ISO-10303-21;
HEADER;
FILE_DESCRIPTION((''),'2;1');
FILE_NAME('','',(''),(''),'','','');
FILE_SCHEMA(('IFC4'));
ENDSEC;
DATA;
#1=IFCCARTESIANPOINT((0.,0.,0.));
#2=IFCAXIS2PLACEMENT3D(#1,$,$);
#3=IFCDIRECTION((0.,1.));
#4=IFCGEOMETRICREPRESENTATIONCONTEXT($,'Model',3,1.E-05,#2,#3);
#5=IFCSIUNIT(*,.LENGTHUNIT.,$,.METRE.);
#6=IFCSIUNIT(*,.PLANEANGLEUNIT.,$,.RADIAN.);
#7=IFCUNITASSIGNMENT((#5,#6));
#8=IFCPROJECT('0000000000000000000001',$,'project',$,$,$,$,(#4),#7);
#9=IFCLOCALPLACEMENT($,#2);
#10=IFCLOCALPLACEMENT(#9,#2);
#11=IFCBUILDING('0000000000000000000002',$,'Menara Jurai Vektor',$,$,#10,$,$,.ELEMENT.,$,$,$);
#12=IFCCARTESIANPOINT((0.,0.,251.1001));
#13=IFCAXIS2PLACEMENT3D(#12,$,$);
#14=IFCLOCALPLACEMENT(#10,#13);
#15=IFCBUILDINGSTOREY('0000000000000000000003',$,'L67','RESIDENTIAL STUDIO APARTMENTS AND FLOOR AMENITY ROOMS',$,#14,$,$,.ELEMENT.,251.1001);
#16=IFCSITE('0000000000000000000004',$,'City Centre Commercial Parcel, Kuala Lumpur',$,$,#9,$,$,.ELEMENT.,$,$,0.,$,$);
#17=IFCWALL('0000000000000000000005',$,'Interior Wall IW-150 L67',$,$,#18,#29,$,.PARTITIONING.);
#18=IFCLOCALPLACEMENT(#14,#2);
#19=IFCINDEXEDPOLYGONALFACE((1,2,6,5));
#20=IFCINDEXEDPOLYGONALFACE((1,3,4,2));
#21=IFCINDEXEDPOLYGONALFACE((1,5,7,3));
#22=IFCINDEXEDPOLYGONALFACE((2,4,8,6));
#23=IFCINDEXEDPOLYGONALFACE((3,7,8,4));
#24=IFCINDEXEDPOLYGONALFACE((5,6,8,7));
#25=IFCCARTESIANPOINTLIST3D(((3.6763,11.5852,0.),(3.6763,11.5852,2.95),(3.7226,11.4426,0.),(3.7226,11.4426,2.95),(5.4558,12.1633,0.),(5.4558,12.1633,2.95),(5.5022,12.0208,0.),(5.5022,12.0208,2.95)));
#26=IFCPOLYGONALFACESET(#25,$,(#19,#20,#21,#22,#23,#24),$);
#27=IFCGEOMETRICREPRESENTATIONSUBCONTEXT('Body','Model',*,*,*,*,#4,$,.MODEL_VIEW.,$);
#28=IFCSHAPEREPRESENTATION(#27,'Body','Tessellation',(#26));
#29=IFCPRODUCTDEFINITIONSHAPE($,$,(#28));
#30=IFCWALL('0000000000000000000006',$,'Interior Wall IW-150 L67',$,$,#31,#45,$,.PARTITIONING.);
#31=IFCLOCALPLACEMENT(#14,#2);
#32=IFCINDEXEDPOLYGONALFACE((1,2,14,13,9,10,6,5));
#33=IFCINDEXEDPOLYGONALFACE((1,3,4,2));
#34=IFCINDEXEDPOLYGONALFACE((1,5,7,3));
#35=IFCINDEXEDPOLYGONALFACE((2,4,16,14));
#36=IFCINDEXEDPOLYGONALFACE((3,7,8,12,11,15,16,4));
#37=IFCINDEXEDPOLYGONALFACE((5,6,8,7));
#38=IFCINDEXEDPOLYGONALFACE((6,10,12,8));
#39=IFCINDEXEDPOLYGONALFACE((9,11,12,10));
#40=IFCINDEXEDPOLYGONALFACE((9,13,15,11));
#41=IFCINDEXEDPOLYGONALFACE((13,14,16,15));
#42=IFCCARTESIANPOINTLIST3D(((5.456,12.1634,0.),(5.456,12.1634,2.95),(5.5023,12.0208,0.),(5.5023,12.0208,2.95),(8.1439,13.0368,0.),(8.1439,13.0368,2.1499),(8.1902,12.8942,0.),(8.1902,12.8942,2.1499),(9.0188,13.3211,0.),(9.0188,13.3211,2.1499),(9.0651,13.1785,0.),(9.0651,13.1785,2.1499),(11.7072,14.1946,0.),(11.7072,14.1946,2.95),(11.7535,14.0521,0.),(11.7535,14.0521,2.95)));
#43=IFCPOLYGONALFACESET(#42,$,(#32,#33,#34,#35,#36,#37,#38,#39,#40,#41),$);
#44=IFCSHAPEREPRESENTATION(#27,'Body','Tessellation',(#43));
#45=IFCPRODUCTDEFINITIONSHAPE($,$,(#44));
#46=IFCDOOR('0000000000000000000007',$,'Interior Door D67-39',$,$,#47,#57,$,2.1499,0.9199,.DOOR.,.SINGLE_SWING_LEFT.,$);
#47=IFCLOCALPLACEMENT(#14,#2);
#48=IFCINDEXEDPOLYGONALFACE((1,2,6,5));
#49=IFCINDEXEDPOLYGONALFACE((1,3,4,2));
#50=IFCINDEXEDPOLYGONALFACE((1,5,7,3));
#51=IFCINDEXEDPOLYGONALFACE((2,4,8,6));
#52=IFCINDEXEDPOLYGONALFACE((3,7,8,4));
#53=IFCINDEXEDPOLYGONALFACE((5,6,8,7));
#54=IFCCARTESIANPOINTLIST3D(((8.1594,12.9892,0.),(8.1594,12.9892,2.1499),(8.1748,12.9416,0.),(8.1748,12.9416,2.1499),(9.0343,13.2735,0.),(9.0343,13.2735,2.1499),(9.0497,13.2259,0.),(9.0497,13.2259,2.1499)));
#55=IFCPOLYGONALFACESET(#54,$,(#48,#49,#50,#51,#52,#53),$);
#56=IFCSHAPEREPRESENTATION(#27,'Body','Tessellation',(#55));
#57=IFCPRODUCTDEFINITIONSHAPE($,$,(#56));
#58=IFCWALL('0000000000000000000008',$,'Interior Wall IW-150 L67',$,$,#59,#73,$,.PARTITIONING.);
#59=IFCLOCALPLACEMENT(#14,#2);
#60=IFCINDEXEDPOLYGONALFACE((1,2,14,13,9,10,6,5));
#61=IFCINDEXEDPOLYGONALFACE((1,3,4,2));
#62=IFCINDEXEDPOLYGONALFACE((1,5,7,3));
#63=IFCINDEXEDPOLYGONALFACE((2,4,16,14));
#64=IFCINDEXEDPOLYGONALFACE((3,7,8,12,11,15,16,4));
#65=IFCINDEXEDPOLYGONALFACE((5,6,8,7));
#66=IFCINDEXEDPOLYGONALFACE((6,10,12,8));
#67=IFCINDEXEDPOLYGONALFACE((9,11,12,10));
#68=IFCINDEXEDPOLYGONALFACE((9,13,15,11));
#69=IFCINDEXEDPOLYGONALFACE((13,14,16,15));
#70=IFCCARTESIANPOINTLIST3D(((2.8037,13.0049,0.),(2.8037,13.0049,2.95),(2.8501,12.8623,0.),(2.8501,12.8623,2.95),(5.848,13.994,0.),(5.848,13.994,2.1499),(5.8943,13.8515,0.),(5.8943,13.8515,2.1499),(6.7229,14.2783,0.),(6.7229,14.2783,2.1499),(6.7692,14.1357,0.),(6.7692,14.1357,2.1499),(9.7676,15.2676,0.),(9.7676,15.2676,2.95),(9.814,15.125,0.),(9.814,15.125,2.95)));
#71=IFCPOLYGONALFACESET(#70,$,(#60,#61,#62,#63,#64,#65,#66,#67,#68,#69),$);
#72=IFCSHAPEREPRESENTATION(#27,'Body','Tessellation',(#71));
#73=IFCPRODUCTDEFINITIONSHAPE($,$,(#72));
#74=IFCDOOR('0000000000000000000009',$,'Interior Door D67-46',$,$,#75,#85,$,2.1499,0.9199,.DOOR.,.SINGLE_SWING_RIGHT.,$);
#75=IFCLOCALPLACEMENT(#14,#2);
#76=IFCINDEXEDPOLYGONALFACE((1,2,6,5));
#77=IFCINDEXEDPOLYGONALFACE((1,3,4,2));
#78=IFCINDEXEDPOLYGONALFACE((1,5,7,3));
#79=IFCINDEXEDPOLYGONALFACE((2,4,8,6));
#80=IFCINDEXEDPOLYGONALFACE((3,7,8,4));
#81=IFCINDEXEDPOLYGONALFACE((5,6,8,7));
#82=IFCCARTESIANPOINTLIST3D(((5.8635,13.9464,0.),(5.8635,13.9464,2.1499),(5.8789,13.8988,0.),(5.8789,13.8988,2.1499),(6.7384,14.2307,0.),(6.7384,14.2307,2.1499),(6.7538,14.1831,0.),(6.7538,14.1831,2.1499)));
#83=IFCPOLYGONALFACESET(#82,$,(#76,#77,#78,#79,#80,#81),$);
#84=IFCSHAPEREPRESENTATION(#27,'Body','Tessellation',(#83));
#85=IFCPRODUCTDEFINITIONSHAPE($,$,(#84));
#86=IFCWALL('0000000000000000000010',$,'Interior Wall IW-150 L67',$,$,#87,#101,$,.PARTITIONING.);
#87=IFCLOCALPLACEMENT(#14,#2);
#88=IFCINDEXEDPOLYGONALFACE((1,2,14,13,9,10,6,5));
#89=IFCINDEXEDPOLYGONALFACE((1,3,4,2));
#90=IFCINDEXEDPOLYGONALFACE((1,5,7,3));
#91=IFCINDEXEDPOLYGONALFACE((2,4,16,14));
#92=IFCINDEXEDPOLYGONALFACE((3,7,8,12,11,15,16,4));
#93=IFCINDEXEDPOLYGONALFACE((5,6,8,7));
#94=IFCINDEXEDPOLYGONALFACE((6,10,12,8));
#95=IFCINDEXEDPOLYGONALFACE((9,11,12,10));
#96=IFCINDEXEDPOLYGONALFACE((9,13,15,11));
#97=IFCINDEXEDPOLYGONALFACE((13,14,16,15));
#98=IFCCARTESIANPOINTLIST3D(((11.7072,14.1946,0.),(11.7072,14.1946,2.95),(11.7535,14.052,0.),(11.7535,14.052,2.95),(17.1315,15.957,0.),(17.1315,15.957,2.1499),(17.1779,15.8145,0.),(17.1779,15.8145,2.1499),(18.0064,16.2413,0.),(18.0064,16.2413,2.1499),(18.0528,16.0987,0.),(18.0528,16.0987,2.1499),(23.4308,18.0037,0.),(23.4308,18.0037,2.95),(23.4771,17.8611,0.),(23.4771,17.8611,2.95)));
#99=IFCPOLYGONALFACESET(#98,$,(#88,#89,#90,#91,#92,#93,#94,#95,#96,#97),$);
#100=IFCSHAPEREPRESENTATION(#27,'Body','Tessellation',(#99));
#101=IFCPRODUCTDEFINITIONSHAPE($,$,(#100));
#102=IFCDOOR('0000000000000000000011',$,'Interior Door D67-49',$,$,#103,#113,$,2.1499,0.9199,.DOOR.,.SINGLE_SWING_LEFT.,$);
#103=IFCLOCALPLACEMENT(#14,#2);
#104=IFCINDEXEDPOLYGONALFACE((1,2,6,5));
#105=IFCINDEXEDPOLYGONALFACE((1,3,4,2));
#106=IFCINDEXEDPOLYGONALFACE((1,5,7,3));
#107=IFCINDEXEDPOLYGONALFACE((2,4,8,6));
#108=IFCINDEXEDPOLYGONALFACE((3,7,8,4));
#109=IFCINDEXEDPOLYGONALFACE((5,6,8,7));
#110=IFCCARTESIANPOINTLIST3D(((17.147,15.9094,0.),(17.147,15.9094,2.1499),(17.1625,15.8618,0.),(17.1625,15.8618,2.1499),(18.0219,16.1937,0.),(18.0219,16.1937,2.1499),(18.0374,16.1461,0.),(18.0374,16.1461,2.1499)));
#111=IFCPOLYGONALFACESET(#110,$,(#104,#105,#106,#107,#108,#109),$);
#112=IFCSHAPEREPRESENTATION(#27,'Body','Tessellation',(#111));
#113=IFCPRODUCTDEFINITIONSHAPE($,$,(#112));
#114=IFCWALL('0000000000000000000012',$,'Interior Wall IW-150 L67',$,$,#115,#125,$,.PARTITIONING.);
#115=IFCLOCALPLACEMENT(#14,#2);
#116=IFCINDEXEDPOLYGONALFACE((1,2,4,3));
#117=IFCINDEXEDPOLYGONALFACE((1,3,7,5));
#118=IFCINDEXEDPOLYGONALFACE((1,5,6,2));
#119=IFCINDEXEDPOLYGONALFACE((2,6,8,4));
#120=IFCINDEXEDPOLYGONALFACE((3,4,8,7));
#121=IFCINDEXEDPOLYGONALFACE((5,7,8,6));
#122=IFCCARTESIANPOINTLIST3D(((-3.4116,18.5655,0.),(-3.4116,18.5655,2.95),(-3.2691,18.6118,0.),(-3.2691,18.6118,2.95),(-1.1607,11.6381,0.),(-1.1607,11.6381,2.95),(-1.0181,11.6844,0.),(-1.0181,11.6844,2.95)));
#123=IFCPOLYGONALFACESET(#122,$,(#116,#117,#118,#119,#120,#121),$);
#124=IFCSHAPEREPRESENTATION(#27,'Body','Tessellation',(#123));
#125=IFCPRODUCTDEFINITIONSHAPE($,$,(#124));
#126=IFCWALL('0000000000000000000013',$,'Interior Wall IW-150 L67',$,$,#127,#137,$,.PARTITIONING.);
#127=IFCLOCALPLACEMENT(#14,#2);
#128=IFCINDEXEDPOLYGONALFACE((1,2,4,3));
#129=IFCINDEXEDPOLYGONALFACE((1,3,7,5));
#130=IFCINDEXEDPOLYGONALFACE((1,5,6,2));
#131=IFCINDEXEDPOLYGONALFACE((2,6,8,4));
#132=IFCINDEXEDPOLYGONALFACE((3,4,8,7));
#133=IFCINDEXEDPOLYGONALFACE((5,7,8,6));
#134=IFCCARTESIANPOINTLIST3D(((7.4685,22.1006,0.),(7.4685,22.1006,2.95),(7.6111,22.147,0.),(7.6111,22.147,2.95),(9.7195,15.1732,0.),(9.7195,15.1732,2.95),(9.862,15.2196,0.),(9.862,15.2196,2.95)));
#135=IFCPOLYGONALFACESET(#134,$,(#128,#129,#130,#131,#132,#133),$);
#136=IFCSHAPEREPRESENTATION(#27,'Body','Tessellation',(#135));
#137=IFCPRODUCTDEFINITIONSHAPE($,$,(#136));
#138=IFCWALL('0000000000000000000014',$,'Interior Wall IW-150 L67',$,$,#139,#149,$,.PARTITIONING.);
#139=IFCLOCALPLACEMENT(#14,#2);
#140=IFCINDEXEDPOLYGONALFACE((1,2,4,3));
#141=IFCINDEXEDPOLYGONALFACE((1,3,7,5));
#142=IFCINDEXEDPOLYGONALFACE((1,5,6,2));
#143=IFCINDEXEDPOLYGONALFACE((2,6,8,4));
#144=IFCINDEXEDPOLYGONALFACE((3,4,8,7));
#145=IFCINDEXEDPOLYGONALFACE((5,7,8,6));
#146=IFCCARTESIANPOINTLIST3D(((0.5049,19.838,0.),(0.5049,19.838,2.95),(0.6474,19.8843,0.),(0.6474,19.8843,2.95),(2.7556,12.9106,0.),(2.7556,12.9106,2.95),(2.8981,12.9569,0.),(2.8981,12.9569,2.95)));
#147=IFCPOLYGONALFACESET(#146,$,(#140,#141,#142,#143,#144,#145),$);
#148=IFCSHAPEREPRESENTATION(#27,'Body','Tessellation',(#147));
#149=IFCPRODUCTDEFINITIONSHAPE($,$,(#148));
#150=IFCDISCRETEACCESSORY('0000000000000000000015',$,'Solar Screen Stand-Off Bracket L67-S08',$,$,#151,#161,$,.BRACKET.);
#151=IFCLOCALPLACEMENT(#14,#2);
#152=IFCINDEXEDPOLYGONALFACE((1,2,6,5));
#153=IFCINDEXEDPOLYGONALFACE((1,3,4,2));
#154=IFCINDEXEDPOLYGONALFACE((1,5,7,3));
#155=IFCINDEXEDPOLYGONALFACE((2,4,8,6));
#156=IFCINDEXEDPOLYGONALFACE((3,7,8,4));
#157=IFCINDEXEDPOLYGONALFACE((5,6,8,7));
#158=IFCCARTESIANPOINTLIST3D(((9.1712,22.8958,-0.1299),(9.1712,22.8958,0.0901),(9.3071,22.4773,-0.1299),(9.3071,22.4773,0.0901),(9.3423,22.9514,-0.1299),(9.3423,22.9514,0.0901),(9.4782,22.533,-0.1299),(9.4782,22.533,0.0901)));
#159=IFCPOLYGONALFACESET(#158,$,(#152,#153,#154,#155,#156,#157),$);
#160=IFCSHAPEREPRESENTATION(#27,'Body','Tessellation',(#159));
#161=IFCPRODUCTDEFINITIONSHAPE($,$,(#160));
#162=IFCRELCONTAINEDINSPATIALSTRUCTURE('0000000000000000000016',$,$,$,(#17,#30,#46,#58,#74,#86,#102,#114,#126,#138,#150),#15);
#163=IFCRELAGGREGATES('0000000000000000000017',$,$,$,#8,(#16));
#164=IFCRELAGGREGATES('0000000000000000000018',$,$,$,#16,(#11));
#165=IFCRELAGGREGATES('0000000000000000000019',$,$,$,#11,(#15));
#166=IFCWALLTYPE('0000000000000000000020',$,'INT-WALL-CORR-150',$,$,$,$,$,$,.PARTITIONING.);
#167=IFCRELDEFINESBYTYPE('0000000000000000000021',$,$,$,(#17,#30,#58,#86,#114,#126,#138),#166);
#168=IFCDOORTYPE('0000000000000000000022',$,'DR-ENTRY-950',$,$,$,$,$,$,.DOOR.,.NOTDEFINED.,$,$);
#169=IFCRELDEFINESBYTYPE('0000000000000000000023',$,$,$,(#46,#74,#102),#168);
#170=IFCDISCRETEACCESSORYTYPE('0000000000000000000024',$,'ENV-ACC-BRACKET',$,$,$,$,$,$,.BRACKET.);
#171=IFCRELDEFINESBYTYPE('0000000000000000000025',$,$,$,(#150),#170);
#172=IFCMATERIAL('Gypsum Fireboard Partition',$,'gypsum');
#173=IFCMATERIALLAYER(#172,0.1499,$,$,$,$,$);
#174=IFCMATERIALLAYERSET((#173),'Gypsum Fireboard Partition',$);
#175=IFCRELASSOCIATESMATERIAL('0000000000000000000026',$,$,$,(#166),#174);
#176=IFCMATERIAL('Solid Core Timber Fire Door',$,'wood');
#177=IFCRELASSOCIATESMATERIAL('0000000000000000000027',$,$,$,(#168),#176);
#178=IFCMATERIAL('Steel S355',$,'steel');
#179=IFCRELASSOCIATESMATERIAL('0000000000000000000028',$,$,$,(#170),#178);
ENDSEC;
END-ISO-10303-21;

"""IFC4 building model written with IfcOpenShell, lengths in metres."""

from ifc_helpers import new_model, si_unit, direction, frame, frame_2d, origin, origin_2d, place, context, subcontext, project, spatial, rectangle, extrude, material, layer, layer_set, type_object, element, fill, save


model = new_model("IFC4")

# Units and contexts
model_context = context("Model", 3, precision=1e-05, world=origin(), true_north=direction((0.0, 1.0)))
body_context = subcontext(model_context, "Body", "Model", "MODEL_VIEW")
ifc_project = project(units=[si_unit("LENGTHUNIT", "METRE"), si_unit("PLANEANGLEUNIT", "RADIAN")], contexts=[model_context])

# Site, building, storey
site_placement = place(None, origin())
site = spatial("IfcSite", under=ifc_project, at=site_placement, Name="City Centre Commercial Parcel, Kuala Lumpur", CompositionType="ELEMENT", RefElevation=0.0)
building_placement = place(site_placement, origin())
building = spatial("IfcBuilding", under=site, at=building_placement, Name="Menara Jurai Vektor", CompositionType="ELEMENT")
storey_placement = place(building_placement, frame((0.0, 0.0, 251.1001)))
storey = spatial("IfcBuildingStorey", under=building, at=storey_placement, Name="L67", Description="RESIDENTIAL STUDIO APARTMENTS AND FLOOR AMENITY ROOMS", CompositionType="ELEMENT", Elevation=251.1001)

# Shared definitions
ifc_material_1 = material(Name="Steel S355", Category="steel")

# Wall
ifc_material_2 = material(Name="Gypsum Fireboard Partition", Category="gypsum")
ifc_layer_1 = layer(ifc_material_2, 0.1499)
ifc_layer_set_1 = layer_set([ifc_layer_1], Name="Gypsum Fireboard Partition")
wall_type = type_object("IfcWallType", Name="INT-WALL-CORR-150", PredefinedType="PARTITIONING", material=ifc_layer_set_1)
wall_1_placement = place(storey_placement, frame((3.6995, 11.5139, 0.0), z_axis=(0.0, 0.0, 1.0), x_axis=(0.95107, 0.308977, 0.0)))
element("IfcWall", 1, at=wall_1_placement, inside=storey, type_object=wall_type, Name="Interior Wall IW-150 L67", PredefinedType="PARTITIONING", context=body_context, shape_type="SweptSolid", body=[
    extrude(rectangle(XDim=1.8711, YDim=0.1499, at=frame_2d((0.9355, 0.0))), origin(), (0.0, 0.0, 1.0), 2.95),
])

# Walls, openings, doors
wall_2_placement = place(storey_placement, frame((5.479, 12.092, 0.0), z_axis=(0.0, 0.0, 1.0), x_axis=(0.951052, 0.309031, 0.0)))
wall_2 = element("IfcWall", 2, at=wall_2_placement, inside=storey, type_object=wall_type, Name="Interior Wall IW-150 L67", PredefinedType="PARTITIONING", context=body_context, shape_type="SweptSolid", body=[
    extrude(rectangle(XDim=6.573, YDim=0.1499, at=frame_2d((3.2866, 0.0))), origin(), (0.0, 0.0, 1.0), 2.95),
])
opening_1_placement = place(wall_2_placement, frame((2.8264, 0.0, 0.0)))
opening_1 = element("IfcOpeningElement", 3, at=opening_1_placement, cuts=wall_2, PredefinedType="OPENING", context=body_context, shape_type="SweptSolid", body=[
    extrude(rectangle(XDim=0.9199, YDim=2.1499, at=frame_2d((0.46, 1.075))), frame((0.0, 0.085, 0.0), z_axis=(0.0, -1.0, 0.0), x_axis=(1.0, 0.0, 0.0)), (0.0, 0.0, 1.0), 0.1699),
])
ifc_material_3 = material(Name="Solid Core Timber Fire Door", Category="wood")
door_type_1 = type_object("IfcDoorType", Name="DR-ENTRY-950", OperationType="NOTDEFINED", PredefinedType="DOOR", material=ifc_material_3)
door_1_placement = place(opening_1_placement, origin())
door_1 = element("IfcDoor", 4, at=door_1_placement, inside=storey, type_object=door_type_1, Name="Interior Door D67-39", OperationType="SINGLE_SWING_LEFT", OverallHeight=2.1499, OverallWidth=0.9199, PredefinedType="DOOR", context=body_context, shape_type="SweptSolid", body=[
    extrude(rectangle(XDim=0.9199, YDim=2.1499, at=frame_2d((0.46, 1.075))), frame((0.0, 0.0249, 0.0), z_axis=(0.0, -1.0, 0.0), x_axis=(1.0, 0.0, 0.0)), (0.0, 0.0, 1.0), 0.05),
])
fill(opening_1, door_1)
wall_3_placement = place(storey_placement, frame((2.8269, 12.9336, 0.0), z_axis=(0.0, 0.0, 1.0), x_axis=(0.951057, 0.309017, 0.0)))
wall_3 = element("IfcWall", 5, at=wall_3_placement, inside=storey, type_object=wall_type, Name="Interior Wall IW-150 L67", PredefinedType="PARTITIONING", context=body_context, shape_type="SweptSolid", body=[
    extrude(rectangle(XDim=7.3223, YDim=0.1499, at=frame_2d((3.6611, 0.0))), origin(), (0.0, 0.0, 1.0), 2.95),
])
opening_2_placement = place(wall_3_placement, frame((3.2009, 0.0, 0.0)))
opening_2 = element("IfcOpeningElement", 6, at=opening_2_placement, cuts=wall_3, PredefinedType="OPENING", context=body_context, shape_type="SweptSolid", body=[
    extrude(rectangle(XDim=0.9199, YDim=2.1499, at=frame_2d((0.46, 1.075))), frame((0.0, 0.085, 0.0), z_axis=(0.0, -1.0, 0.0), x_axis=(1.0, 0.0, 0.0)), (0.0, 0.0, 1.0), 0.1699),
])
door_2_placement = place(opening_2_placement, origin())
door_2 = element("IfcDoor", 7, at=door_2_placement, inside=storey, type_object=door_type_1, Name="Interior Door D67-46", OperationType="SINGLE_SWING_RIGHT", OverallHeight=2.1499, OverallWidth=0.9199, PredefinedType="DOOR", context=body_context, shape_type="SweptSolid", body=[
    extrude(rectangle(XDim=0.9199, YDim=2.1499, at=frame_2d((0.46, 1.075))), frame((0.0, 0.0249, 0.0), z_axis=(0.0, -1.0, 0.0), x_axis=(1.0, 0.0, 0.0)), (0.0, 0.0, 1.0), 0.05),
])
fill(opening_2, door_2)
wall_4_placement = place(storey_placement, frame((11.7302, 14.1233, 0.0), z_axis=(0.0, 0.0, 1.0), x_axis=(0.95106, 0.309005, 0.0)))
wall_4 = element("IfcWall", 8, at=wall_4_placement, inside=storey, type_object=wall_type, Name="Interior Wall IW-150 L67", PredefinedType="PARTITIONING", context=body_context, shape_type="SweptSolid", body=[
    extrude(rectangle(XDim=12.3269, YDim=0.1499, at=frame_2d((6.1636, 0.0))), origin(), (0.0, 0.0, 1.0), 2.95),
])
opening_3_placement = place(wall_4_placement, frame((5.7036, 0.0, 0.0)))
opening_3 = element("IfcOpeningElement", 9, at=opening_3_placement, cuts=wall_4, PredefinedType="OPENING", context=body_context, shape_type="SweptSolid", body=[
    extrude(rectangle(XDim=0.9199, YDim=2.1499, at=frame_2d((0.46, 1.075))), frame((0.0, 0.085, 0.0), z_axis=(0.0, -1.0, 0.0), x_axis=(1.0, 0.0, 0.0)), (0.0, 0.0, 1.0), 0.1699),
])
door_3_placement = place(opening_3_placement, origin())
door_3 = element("IfcDoor", 10, at=door_3_placement, inside=storey, type_object=door_type_1, Name="Interior Door D67-49", OperationType="SINGLE_SWING_LEFT", OverallHeight=2.1499, OverallWidth=0.9199, PredefinedType="DOOR", context=body_context, shape_type="SweptSolid", body=[
    extrude(rectangle(XDim=0.9199, YDim=2.1499, at=frame_2d((0.46, 1.075))), frame((0.0, 0.0249, 0.0), z_axis=(0.0, -1.0, 0.0), x_axis=(1.0, 0.0, 0.0)), (0.0, 0.0, 1.0), 0.05),
])
fill(opening_3, door_3)

# Wall
wall_5_placement = place(storey_placement, frame((-1.0894, 11.6611, 0.0), z_axis=(0.0, 0.0, 1.0), x_axis=(-0.309029, 0.951053, 0.0)))
element("IfcWall", 11, at=wall_5_placement, inside=storey, type_object=wall_type, Name="Interior Wall IW-150 L67", PredefinedType="PARTITIONING", context=body_context, shape_type="SweptSolid", body=[
    extrude(rectangle(XDim=7.2839, YDim=0.1499, at=frame_2d((3.6421, 0.0))), origin(), (0.0, 0.0, 1.0), 2.95),
])

# Walls
for number, where, z_axis, x_axis, name in (
    (12, (9.7908, 15.1963, 0.0), (0.0, 0.0, 1.0), (-0.309029, 0.951053, 0.0), "Interior Wall IW-150 L67"),
    (13, (2.8269, 12.9336, 0.0), (0.0, 0.0, 1.0), (-0.308999, 0.951062, 0.0), "Interior Wall IW-150 L67"),
):
    element("IfcWall", number, at=place(storey_placement, frame(where, z_axis=z_axis, x_axis=x_axis)), inside=storey, type_object=wall_type, Name=name, PredefinedType="PARTITIONING", context=body_context, shape_type="SweptSolid", body=[
        extrude(rectangle(XDim=7.2839, YDim=0.1499, at=frame_2d((3.6421, 0.0))), origin(), (0.0, 0.0, 1.0), 2.95),
    ])

# Discrete accessory
discrete_accessory_type = type_object("IfcDiscreteAccessoryType", Name="ENV-ACC-BRACKET", PredefinedType="BRACKET", material=ifc_material_1)
discrete_accessory_placement = place(storey_placement, frame((9.3247, 22.7144, -0.1299), z_axis=(0.0, 0.0, 1.0), x_axis=(-0.951057, -0.309017, 0.0)))
element("IfcDiscreteAccessory", 14, at=discrete_accessory_placement, inside=storey, type_object=discrete_accessory_type, Name="Solar Screen Stand-Off Bracket L67-S08", PredefinedType="BRACKET", context=body_context, shape_type="SweptSolid", body=[
    extrude(rectangle(XDim=0.1799, YDim=0.4399, at=origin_2d()), origin(), (0.0, 0.0, 1.0), 0.22),
])

save(model, "model.ifc")
